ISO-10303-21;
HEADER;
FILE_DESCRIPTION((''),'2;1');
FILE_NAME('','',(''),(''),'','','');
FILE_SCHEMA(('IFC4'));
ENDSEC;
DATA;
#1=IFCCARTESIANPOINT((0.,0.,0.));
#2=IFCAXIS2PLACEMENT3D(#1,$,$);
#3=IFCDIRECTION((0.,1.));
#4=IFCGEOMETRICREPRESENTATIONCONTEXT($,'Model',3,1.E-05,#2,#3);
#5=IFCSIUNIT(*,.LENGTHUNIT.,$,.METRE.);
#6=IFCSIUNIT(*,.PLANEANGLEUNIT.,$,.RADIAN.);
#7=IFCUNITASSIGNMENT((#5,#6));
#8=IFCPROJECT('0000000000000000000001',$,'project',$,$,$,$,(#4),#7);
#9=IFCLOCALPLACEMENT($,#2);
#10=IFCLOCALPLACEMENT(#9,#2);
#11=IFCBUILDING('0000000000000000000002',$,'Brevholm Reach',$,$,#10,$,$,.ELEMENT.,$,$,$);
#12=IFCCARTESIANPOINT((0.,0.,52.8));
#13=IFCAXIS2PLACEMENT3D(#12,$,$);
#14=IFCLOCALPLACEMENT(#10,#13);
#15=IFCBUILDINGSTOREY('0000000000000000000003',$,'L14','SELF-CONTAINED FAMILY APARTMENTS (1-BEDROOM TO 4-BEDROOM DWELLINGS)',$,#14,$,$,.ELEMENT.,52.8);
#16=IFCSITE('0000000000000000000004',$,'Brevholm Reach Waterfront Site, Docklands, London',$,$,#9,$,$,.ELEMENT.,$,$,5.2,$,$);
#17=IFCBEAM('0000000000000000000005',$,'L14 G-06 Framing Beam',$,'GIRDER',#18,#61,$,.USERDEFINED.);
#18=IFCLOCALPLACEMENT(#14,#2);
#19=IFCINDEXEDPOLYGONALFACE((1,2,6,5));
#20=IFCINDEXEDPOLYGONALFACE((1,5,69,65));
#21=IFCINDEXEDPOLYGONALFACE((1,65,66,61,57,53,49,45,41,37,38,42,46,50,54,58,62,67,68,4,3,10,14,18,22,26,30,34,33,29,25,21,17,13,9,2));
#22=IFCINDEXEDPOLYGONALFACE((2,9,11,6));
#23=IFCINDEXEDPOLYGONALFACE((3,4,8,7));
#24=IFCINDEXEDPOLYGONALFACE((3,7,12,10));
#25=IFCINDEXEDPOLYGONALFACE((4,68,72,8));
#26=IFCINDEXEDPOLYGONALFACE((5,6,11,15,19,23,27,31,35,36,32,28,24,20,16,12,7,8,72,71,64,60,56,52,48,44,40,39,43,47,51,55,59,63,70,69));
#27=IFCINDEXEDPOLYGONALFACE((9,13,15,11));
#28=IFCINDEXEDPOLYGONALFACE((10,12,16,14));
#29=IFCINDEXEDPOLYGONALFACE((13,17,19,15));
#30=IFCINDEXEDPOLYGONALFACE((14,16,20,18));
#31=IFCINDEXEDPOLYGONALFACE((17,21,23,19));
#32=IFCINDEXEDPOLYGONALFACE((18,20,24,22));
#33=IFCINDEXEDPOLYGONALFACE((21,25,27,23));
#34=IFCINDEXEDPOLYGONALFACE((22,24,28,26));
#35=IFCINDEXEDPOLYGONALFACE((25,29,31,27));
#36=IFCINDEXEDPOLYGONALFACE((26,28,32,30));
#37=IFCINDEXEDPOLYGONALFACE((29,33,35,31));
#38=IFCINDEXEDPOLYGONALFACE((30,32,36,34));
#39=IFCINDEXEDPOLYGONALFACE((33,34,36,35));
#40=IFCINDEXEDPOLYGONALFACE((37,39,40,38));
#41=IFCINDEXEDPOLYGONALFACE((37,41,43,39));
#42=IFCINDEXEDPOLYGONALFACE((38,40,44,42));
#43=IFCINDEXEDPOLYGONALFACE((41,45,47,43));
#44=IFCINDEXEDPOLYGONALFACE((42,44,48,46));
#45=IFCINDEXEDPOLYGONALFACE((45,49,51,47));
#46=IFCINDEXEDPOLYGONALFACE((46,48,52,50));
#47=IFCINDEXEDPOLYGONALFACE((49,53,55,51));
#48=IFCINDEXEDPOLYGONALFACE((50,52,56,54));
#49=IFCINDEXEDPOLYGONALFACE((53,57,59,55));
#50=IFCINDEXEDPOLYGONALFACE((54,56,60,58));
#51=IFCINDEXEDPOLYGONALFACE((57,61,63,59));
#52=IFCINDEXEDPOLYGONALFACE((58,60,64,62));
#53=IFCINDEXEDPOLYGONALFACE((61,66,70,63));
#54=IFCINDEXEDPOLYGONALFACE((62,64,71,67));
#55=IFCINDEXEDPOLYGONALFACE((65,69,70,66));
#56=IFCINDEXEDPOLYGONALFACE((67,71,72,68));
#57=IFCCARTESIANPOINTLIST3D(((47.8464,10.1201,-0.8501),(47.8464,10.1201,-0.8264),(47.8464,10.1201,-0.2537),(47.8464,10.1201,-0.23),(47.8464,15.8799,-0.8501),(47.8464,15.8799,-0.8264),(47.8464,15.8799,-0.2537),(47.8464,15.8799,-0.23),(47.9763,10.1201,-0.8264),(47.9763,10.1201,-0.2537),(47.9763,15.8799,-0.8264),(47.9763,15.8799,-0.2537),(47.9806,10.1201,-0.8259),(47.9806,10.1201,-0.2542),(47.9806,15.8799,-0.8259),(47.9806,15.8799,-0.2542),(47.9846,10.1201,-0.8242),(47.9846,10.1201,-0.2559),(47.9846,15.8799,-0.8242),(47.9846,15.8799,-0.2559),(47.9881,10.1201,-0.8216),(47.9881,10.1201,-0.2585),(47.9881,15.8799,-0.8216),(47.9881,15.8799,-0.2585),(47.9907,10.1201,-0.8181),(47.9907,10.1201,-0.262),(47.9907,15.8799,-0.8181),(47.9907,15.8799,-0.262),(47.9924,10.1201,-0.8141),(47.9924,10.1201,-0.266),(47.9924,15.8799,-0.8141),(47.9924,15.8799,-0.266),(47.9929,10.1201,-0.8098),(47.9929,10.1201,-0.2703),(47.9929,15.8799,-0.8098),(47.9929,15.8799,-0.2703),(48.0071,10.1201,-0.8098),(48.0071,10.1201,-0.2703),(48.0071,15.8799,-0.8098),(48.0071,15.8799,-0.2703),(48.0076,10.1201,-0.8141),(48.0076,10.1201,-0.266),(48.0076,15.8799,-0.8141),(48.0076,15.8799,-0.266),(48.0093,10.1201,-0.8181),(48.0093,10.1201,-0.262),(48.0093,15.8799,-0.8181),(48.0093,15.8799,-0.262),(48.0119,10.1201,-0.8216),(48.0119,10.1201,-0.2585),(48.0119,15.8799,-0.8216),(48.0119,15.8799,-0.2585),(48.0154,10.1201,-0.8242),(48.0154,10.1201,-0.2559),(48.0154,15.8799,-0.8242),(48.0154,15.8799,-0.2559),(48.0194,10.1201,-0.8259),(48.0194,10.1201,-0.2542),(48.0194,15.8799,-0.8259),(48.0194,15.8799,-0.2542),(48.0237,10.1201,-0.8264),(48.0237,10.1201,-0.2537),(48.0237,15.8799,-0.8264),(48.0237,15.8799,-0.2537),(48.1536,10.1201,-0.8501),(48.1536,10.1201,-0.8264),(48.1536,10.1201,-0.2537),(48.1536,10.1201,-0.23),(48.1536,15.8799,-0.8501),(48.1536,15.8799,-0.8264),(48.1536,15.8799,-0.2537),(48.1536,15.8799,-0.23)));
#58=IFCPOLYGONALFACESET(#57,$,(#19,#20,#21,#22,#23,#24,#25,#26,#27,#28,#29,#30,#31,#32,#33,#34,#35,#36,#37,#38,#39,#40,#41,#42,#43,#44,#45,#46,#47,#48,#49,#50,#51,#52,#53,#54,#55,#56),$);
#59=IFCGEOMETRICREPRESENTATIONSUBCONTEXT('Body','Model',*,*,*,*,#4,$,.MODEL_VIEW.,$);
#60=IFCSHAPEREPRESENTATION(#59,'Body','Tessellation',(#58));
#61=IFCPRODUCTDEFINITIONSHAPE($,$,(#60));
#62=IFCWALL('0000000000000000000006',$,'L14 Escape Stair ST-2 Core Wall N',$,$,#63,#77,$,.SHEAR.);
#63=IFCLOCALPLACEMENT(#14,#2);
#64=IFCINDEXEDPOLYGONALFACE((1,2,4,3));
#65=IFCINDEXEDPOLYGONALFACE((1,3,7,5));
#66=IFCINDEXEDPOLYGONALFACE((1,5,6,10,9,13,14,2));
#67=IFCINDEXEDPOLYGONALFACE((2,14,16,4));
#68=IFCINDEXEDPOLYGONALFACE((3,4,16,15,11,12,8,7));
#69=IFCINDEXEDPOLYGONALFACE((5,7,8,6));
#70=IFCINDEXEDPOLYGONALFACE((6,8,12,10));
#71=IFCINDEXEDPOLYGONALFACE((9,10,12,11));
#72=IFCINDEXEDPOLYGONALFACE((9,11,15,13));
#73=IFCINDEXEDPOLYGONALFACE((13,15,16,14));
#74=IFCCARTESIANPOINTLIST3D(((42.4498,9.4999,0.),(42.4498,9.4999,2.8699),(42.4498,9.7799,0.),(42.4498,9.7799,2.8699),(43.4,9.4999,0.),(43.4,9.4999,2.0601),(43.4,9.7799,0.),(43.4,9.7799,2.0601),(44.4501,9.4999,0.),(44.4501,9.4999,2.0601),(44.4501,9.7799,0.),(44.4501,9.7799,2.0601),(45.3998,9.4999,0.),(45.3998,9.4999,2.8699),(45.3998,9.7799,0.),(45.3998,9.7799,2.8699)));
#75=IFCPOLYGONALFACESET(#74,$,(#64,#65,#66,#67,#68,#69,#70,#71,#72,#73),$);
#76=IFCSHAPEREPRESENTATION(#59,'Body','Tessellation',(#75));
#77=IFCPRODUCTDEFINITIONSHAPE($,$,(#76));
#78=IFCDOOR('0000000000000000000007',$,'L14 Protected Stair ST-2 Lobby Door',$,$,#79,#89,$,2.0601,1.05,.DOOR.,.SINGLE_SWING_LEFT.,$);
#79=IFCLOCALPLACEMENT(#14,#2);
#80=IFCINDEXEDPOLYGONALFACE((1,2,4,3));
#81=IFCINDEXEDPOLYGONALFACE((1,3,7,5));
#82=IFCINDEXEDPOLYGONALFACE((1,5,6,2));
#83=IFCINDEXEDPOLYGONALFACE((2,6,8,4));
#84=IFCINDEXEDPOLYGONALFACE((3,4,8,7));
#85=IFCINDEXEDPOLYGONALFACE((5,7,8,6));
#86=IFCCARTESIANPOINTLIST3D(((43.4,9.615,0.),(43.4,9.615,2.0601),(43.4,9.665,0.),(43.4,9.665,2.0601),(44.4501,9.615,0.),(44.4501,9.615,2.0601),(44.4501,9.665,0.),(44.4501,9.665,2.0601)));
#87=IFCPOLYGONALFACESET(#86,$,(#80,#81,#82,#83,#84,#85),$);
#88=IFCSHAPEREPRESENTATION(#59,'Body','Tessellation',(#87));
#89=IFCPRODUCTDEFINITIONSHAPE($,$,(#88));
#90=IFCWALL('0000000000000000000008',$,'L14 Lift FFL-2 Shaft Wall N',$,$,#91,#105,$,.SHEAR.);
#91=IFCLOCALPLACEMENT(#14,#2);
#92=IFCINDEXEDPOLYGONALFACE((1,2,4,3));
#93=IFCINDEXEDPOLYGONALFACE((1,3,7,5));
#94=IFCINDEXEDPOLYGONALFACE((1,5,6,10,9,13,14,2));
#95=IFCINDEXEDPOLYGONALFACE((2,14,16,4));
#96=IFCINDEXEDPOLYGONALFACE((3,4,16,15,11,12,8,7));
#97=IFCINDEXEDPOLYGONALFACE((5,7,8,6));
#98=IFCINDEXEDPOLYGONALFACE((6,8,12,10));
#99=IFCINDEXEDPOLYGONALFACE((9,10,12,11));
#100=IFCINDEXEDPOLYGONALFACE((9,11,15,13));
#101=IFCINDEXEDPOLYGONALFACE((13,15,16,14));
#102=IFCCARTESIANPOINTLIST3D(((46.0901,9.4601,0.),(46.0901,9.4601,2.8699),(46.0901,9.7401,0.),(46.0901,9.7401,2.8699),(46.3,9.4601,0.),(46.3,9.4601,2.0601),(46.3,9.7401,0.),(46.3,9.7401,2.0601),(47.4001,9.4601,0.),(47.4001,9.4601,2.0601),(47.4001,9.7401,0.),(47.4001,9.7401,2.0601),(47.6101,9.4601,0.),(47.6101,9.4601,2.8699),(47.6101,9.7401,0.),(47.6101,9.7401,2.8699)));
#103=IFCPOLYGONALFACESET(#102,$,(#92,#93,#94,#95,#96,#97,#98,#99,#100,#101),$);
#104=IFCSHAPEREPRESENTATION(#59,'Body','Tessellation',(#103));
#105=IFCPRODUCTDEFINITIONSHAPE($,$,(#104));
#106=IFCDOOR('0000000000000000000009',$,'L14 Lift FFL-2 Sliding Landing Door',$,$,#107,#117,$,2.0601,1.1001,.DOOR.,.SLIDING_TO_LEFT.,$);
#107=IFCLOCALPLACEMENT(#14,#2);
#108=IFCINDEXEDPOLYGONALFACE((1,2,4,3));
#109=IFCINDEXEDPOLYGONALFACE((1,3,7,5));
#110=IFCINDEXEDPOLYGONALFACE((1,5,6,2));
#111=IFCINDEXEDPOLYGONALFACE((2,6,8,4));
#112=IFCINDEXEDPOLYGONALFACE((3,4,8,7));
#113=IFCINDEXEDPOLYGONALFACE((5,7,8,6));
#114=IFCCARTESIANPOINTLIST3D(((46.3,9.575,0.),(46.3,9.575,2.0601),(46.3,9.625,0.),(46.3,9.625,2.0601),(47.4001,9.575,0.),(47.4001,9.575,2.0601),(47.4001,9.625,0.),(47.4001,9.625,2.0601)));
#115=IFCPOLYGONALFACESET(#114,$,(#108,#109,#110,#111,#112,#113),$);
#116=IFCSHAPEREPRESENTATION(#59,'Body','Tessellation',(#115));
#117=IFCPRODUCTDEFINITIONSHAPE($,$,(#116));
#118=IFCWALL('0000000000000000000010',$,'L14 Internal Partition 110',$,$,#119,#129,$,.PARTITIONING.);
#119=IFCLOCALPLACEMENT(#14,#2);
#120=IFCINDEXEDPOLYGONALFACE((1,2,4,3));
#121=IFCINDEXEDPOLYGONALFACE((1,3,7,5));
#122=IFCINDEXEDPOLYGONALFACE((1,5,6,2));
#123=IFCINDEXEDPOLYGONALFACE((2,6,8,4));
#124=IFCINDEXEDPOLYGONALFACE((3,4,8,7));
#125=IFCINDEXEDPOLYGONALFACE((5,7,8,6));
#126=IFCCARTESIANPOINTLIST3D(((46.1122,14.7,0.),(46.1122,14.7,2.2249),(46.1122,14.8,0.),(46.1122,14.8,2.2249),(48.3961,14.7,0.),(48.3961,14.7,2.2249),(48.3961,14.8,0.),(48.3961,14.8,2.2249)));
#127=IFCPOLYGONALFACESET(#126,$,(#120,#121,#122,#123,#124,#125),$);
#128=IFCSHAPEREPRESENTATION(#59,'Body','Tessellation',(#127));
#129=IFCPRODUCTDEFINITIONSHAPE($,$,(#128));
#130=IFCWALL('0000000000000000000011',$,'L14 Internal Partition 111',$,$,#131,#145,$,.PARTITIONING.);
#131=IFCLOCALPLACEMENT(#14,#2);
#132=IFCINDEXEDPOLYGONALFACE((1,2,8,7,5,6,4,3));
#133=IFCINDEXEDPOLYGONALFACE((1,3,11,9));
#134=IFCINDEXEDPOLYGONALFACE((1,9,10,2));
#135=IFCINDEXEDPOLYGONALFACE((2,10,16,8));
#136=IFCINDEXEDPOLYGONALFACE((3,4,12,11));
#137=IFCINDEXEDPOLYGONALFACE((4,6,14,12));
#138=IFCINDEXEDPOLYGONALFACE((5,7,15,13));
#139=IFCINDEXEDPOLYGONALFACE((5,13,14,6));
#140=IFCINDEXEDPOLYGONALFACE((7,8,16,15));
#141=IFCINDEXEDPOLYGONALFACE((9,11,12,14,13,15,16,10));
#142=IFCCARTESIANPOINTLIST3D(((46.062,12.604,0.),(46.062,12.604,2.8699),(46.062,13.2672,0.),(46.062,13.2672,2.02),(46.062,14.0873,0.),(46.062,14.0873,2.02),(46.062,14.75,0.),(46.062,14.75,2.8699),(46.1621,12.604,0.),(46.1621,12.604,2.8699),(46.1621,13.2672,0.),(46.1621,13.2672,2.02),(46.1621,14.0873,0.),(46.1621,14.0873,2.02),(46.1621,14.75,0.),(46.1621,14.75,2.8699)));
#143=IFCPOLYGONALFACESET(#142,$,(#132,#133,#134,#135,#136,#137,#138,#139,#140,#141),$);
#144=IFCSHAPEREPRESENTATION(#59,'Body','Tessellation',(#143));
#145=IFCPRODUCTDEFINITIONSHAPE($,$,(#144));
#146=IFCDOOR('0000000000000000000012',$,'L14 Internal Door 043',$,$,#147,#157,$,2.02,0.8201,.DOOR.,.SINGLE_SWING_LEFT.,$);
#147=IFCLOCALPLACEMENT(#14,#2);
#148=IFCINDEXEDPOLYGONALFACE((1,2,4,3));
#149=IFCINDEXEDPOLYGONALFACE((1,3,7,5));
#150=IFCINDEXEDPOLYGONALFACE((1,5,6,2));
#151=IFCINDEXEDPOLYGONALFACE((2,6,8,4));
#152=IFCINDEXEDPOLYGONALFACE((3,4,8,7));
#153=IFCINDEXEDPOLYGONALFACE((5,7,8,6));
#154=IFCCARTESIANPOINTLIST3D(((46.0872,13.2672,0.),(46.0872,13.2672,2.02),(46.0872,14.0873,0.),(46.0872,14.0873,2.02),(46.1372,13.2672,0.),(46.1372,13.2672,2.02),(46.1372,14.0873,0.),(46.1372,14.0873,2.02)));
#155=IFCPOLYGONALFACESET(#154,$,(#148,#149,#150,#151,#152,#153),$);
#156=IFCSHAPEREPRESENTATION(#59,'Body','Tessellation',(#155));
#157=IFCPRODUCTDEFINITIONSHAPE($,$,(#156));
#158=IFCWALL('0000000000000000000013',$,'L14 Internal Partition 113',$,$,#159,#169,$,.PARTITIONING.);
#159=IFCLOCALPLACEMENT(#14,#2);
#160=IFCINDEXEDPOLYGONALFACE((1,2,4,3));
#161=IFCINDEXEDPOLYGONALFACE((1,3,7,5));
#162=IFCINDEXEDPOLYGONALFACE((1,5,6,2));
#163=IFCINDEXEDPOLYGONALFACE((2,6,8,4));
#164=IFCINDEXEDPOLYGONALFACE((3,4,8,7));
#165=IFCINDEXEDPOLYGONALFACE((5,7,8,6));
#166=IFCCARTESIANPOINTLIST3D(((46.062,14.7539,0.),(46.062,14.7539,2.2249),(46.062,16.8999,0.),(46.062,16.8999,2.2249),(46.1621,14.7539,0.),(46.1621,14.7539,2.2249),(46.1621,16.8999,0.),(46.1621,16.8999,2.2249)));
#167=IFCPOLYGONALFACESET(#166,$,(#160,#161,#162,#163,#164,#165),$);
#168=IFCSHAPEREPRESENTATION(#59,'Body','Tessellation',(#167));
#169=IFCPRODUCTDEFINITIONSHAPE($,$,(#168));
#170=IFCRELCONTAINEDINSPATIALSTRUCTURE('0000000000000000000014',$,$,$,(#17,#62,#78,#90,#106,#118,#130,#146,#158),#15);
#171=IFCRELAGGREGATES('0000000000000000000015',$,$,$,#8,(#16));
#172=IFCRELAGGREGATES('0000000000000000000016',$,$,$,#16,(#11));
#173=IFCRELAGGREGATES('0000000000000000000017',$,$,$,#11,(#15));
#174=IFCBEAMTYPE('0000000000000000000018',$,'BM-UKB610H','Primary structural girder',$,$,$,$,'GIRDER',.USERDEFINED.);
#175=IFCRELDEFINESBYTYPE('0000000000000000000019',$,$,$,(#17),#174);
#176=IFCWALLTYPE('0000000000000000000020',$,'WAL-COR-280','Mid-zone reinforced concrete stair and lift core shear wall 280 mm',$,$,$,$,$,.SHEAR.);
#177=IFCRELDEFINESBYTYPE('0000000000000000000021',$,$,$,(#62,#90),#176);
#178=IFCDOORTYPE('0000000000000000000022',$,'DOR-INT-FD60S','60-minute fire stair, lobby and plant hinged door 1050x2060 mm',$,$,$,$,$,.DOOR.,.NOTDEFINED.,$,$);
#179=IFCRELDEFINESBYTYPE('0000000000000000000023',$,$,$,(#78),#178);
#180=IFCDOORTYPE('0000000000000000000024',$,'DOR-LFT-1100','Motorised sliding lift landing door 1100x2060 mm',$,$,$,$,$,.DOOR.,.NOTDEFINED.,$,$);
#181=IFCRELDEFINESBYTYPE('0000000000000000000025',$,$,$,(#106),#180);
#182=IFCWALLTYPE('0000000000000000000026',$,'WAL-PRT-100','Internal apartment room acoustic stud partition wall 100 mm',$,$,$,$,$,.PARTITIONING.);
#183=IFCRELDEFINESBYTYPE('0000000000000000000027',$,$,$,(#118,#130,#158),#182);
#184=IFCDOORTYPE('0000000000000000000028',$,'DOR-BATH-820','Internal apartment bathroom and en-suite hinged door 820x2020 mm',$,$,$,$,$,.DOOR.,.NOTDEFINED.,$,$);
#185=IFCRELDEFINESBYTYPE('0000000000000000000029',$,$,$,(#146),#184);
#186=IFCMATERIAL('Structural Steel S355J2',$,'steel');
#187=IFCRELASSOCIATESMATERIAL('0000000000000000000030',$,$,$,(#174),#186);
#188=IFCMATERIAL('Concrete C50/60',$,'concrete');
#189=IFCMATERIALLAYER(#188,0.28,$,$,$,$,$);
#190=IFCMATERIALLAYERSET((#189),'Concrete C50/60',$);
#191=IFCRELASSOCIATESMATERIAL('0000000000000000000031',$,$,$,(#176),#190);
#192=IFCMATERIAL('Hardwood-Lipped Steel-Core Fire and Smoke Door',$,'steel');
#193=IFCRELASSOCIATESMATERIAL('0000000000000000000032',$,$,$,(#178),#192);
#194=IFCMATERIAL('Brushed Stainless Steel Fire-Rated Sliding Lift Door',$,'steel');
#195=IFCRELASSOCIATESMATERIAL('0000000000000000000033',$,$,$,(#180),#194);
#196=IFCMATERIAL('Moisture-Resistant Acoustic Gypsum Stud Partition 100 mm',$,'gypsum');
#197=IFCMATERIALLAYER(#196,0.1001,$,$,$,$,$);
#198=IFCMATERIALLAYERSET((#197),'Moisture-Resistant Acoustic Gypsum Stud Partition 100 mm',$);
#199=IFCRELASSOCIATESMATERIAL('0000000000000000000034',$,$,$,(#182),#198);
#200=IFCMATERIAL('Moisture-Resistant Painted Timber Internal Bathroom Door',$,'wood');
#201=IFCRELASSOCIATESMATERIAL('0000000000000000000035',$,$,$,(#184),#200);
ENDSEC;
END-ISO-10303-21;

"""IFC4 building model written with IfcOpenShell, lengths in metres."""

from ifc_helpers import new_model, si_unit, direction, frame, frame_2d, origin, origin_2d, place, context, subcontext, project, spatial, rectangle, i_section, extrude, material, layer, layer_set, material_profile, profile_set, type_object, element, fill, save


model = new_model("IFC4")

# Units and contexts
model_context = context("Model", 3, precision=1e-05, world=origin(), true_north=direction((0.0, 1.0)))
body_context = subcontext(model_context, "Body", "Model", "MODEL_VIEW")
ifc_project = project(units=[si_unit("LENGTHUNIT", "METRE"), si_unit("PLANEANGLEUNIT", "RADIAN")], contexts=[model_context])

# Site, building, storey
site_placement = place(None, origin())
site = spatial("IfcSite", under=ifc_project, at=site_placement, Name="Brevholm Reach Waterfront Site, Docklands, London", CompositionType="ELEMENT", RefElevation=5.2)
building_placement = place(site_placement, origin())
building = spatial("IfcBuilding", under=site, at=building_placement, Name="Brevholm Reach", CompositionType="ELEMENT")
storey_placement = place(building_placement, frame((0.0, 0.0, 52.8)))
storey = spatial("IfcBuildingStorey", under=building, at=storey_placement, Name="L14", Description="SELF-CONTAINED FAMILY APARTMENTS (1-BEDROOM TO 4-BEDROOM DWELLINGS)", CompositionType="ELEMENT", Elevation=52.8)

# Beam
ifc_material_1 = material(Name="Structural Steel S355J2", Category="steel")
ifc_material_profile_1 = material_profile(ifc_material_1, i_section(OverallWidth=0.3071, OverallDepth=0.6201, WebThickness=0.0142, FlangeThickness=0.0237, FilletRadius=0.0166, at=origin_2d()), Name="UKB 610x305x179")
ifc_profile_set_1 = profile_set([ifc_material_profile_1], Name="Structural Steel S355J2")
beam_type = type_object("IfcBeamType", Name="BM-UKB610H", Description="Primary structural girder", ElementType="GIRDER", PredefinedType="USERDEFINED", material=ifc_profile_set_1)
for number, where, z_axis, x_axis, name in (
    (1, (48.0, 10.1201, -0.54), (0.0, 1.0, 0.0), (-1.0, 0.0, 0.0), "L14 G-06 Framing Beam"),
):
    element("IfcBeam", number, at=place(storey_placement, frame(where, z_axis=z_axis, x_axis=x_axis)), inside=storey, type_object=beam_type, Name=name, ObjectType="GIRDER", PredefinedType="USERDEFINED", context=body_context, shape_type="SweptSolid", body=[
        extrude(i_section(OverallWidth=0.3071, OverallDepth=0.6201, WebThickness=0.0142, FlangeThickness=0.0237, FilletRadius=0.0166, at=origin_2d()), origin(), (0.0, 0.0, 1.0), 5.7598),
    ])

# Walls, openings, doors
ifc_material_2 = material(Name="Concrete C50/60", Category="concrete")
ifc_layer_1 = layer(ifc_material_2, 0.28)
ifc_layer_set_1 = layer_set([ifc_layer_1], Name="Concrete C50/60")
wall_type_1 = type_object("IfcWallType", Name="WAL-COR-280", Description="Mid-zone reinforced concrete stair and lift core shear wall 280 mm", PredefinedType="SHEAR", material=ifc_layer_set_1)
wall_1_placement = place(storey_placement, frame((45.3999, 9.6399, 0.0), z_axis=(0.0, 0.0, 1.0), x_axis=(-1.0, 0.0, 0.0)))
wall_1 = element("IfcWall", 2, at=wall_1_placement, inside=storey, type_object=wall_type_1, Name="L14 Escape Stair ST-2 Core Wall N", PredefinedType="SHEAR", context=body_context, shape_type="SweptSolid", body=[
    extrude(rectangle(XDim=2.95, YDim=0.28, at=frame_2d((1.4751, 0.0))), origin(), (0.0, 0.0, 1.0), 2.8699),
])
opening_1_placement = place(wall_1_placement, frame((0.95, 0.0, 0.0)))
opening_1 = element("IfcOpeningElement", 3, at=opening_1_placement, cuts=wall_1, PredefinedType="OPENING", context=body_context, shape_type="SweptSolid", body=[
    extrude(rectangle(XDim=1.05, YDim=2.0601, at=frame_2d((0.5249, 1.03))), frame((0.0, 0.1499, 0.0), z_axis=(0.0, -1.0, 0.0), x_axis=(1.0, 0.0, 0.0)), (0.0, 0.0, 1.0), 0.3),
])
ifc_material_3 = material(Name="Hardwood-Lipped Steel-Core Fire and Smoke Door", Category="steel")
door_type_1 = type_object("IfcDoorType", Name="DOR-INT-FD60S", Description="60-minute fire stair, lobby and plant hinged door 1050x2060 mm", OperationType="NOTDEFINED", PredefinedType="DOOR", material=ifc_material_3)
door_1_placement = place(opening_1_placement, origin())
door_1 = element("IfcDoor", 4, at=door_1_placement, inside=storey, type_object=door_type_1, Name="L14 Protected Stair ST-2 Lobby Door", OperationType="SINGLE_SWING_LEFT", OverallHeight=2.0601, OverallWidth=1.05, PredefinedType="DOOR", context=body_context, shape_type="SweptSolid", body=[
    extrude(rectangle(XDim=1.05, YDim=2.0601, at=frame_2d((0.5249, 1.03))), frame((0.0, 0.0249, 0.0), z_axis=(0.0, -1.0, 0.0), x_axis=(1.0, 0.0, 0.0)), (0.0, 0.0, 1.0), 0.05),
])
fill(opening_1, door_1)
wall_2_placement = place(storey_placement, frame((46.0901, 9.6001, 0.0), z_axis=(0.0, 0.0, 1.0), x_axis=(1.0, 0.0, 0.0)))
wall_2 = element("IfcWall", 5, at=wall_2_placement, inside=storey, type_object=wall_type_1, Name="L14 Lift FFL-2 Shaft Wall N", PredefinedType="SHEAR", context=body_context, shape_type="SweptSolid", body=[
    extrude(rectangle(XDim=1.52, YDim=0.28, at=frame_2d((0.76, 0.0))), origin(), (0.0, 0.0, 1.0), 2.8699),
])
opening_2_placement = place(wall_2_placement, frame((0.21, 0.0, 0.0)))
opening_2 = element("IfcOpeningElement", 6, at=opening_2_placement, cuts=wall_2, PredefinedType="OPENING", context=body_context, shape_type="SweptSolid", body=[
    extrude(rectangle(XDim=1.1001, YDim=2.0601, at=frame_2d((0.55, 1.03))), frame((0.0, 0.1499, 0.0), z_axis=(0.0, -1.0, 0.0), x_axis=(1.0, 0.0, 0.0)), (0.0, 0.0, 1.0), 0.3),
])
ifc_material_4 = material(Name="Brushed Stainless Steel Fire-Rated Sliding Lift Door", Category="steel")
door_type_2 = type_object("IfcDoorType", Name="DOR-LFT-1100", Description="Motorised sliding lift landing door 1100x2060 mm", OperationType="NOTDEFINED", PredefinedType="DOOR", material=ifc_material_4)
door_2_placement = place(opening_2_placement, origin())
door_2 = element("IfcDoor", 7, at=door_2_placement, inside=storey, type_object=door_type_2, Name="L14 Lift FFL-2 Sliding Landing Door", OperationType="SLIDING_TO_LEFT", OverallHeight=2.0601, OverallWidth=1.1001, PredefinedType="DOOR", context=body_context, shape_type="SweptSolid", body=[
    extrude(rectangle(XDim=1.1001, YDim=2.0601, at=frame_2d((0.55, 1.03))), frame((0.0, 0.0249, 0.0), z_axis=(0.0, -1.0, 0.0), x_axis=(1.0, 0.0, 0.0)), (0.0, 0.0, 1.0), 0.05),
])
fill(opening_2, door_2)

# Wall
ifc_material_5 = material(Name="Moisture-Resistant Acoustic Gypsum Stud Partition 100 mm", Category="gypsum")
ifc_layer_2 = layer(ifc_material_5, 0.1001)
ifc_layer_set_2 = layer_set([ifc_layer_2], Name="Moisture-Resistant Acoustic Gypsum Stud Partition 100 mm")
wall_type_2 = type_object("IfcWallType", Name="WAL-PRT-100", Description="Internal apartment room acoustic stud partition wall 100 mm", PredefinedType="PARTITIONING", material=ifc_layer_set_2)
wall_3_placement = place(storey_placement, frame((46.1121, 14.75, 0.0), z_axis=(0.0, 0.0, 1.0), x_axis=(1.0, 0.0, 0.0)))
element("IfcWall", 8, at=wall_3_placement, inside=storey, type_object=wall_type_2, Name="L14 Internal Partition 110", PredefinedType="PARTITIONING", context=body_context, shape_type="SweptSolid", body=[
    extrude(rectangle(XDim=2.2839, YDim=0.1001, at=frame_2d((1.1421, 0.0))), origin(), (0.0, 0.0, 1.0), 2.2249),
])

# Wall, opening, door
wall_4_placement = place(storey_placement, frame((46.1121, 12.604, 0.0), z_axis=(0.0, 0.0, 1.0), x_axis=(0.0, 1.0, 0.0)))
wall_4 = element("IfcWall", 9, at=wall_4_placement, inside=storey, type_object=wall_type_2, Name="L14 Internal Partition 111", PredefinedType="PARTITIONING", context=body_context, shape_type="SweptSolid", body=[
    extrude(rectangle(XDim=2.146, YDim=0.1001, at=frame_2d((1.073, 0.0))), origin(), (0.0, 0.0, 1.0), 2.8699),
])
opening_3_placement = place(wall_4_placement, frame((0.6631, 0.0, 0.0)))
opening_3 = element("IfcOpeningElement", 10, at=opening_3_placement, cuts=wall_4, PredefinedType="OPENING", context=body_context, shape_type="SweptSolid", body=[
    extrude(rectangle(XDim=0.8201, YDim=2.02, at=frame_2d((0.4102, 1.01))), frame((0.0, 0.0601, 0.0), z_axis=(0.0, -1.0, 0.0), x_axis=(1.0, 0.0, 0.0)), (0.0, 0.0, 1.0), 0.1201),
])
ifc_material_6 = material(Name="Moisture-Resistant Painted Timber Internal Bathroom Door", Category="wood")
door_type_3 = type_object("IfcDoorType", Name="DOR-BATH-820", Description="Internal apartment bathroom and en-suite hinged door 820x2020 mm", OperationType="NOTDEFINED", PredefinedType="DOOR", material=ifc_material_6)
door_3_placement = place(opening_3_placement, origin())
door_3 = element("IfcDoor", 11, at=door_3_placement, inside=storey, type_object=door_type_3, Name="L14 Internal Door 043", OperationType="SINGLE_SWING_LEFT", OverallHeight=2.02, OverallWidth=0.8201, PredefinedType="DOOR", context=body_context, shape_type="SweptSolid", body=[
    extrude(rectangle(XDim=0.8201, YDim=2.02, at=frame_2d((0.4102, 1.01))), frame((0.0, 0.0249, 0.0), z_axis=(0.0, -1.0, 0.0), x_axis=(1.0, 0.0, 0.0)), (0.0, 0.0, 1.0), 0.05),
])
fill(opening_3, door_3)

# Wall
wall_5_placement = place(storey_placement, frame((46.1121, 14.7539, 0.0), z_axis=(0.0, 0.0, 1.0), x_axis=(0.0, 1.0, 0.0)))
element("IfcWall", 12, at=wall_5_placement, inside=storey, type_object=wall_type_2, Name="L14 Internal Partition 113", PredefinedType="PARTITIONING", context=body_context, shape_type="SweptSolid", body=[
    extrude(rectangle(XDim=2.146, YDim=0.1001, at=frame_2d((1.073, 0.0))), origin(), (0.0, 0.0, 1.0), 2.2249),
])

save(model, "model.ifc")
